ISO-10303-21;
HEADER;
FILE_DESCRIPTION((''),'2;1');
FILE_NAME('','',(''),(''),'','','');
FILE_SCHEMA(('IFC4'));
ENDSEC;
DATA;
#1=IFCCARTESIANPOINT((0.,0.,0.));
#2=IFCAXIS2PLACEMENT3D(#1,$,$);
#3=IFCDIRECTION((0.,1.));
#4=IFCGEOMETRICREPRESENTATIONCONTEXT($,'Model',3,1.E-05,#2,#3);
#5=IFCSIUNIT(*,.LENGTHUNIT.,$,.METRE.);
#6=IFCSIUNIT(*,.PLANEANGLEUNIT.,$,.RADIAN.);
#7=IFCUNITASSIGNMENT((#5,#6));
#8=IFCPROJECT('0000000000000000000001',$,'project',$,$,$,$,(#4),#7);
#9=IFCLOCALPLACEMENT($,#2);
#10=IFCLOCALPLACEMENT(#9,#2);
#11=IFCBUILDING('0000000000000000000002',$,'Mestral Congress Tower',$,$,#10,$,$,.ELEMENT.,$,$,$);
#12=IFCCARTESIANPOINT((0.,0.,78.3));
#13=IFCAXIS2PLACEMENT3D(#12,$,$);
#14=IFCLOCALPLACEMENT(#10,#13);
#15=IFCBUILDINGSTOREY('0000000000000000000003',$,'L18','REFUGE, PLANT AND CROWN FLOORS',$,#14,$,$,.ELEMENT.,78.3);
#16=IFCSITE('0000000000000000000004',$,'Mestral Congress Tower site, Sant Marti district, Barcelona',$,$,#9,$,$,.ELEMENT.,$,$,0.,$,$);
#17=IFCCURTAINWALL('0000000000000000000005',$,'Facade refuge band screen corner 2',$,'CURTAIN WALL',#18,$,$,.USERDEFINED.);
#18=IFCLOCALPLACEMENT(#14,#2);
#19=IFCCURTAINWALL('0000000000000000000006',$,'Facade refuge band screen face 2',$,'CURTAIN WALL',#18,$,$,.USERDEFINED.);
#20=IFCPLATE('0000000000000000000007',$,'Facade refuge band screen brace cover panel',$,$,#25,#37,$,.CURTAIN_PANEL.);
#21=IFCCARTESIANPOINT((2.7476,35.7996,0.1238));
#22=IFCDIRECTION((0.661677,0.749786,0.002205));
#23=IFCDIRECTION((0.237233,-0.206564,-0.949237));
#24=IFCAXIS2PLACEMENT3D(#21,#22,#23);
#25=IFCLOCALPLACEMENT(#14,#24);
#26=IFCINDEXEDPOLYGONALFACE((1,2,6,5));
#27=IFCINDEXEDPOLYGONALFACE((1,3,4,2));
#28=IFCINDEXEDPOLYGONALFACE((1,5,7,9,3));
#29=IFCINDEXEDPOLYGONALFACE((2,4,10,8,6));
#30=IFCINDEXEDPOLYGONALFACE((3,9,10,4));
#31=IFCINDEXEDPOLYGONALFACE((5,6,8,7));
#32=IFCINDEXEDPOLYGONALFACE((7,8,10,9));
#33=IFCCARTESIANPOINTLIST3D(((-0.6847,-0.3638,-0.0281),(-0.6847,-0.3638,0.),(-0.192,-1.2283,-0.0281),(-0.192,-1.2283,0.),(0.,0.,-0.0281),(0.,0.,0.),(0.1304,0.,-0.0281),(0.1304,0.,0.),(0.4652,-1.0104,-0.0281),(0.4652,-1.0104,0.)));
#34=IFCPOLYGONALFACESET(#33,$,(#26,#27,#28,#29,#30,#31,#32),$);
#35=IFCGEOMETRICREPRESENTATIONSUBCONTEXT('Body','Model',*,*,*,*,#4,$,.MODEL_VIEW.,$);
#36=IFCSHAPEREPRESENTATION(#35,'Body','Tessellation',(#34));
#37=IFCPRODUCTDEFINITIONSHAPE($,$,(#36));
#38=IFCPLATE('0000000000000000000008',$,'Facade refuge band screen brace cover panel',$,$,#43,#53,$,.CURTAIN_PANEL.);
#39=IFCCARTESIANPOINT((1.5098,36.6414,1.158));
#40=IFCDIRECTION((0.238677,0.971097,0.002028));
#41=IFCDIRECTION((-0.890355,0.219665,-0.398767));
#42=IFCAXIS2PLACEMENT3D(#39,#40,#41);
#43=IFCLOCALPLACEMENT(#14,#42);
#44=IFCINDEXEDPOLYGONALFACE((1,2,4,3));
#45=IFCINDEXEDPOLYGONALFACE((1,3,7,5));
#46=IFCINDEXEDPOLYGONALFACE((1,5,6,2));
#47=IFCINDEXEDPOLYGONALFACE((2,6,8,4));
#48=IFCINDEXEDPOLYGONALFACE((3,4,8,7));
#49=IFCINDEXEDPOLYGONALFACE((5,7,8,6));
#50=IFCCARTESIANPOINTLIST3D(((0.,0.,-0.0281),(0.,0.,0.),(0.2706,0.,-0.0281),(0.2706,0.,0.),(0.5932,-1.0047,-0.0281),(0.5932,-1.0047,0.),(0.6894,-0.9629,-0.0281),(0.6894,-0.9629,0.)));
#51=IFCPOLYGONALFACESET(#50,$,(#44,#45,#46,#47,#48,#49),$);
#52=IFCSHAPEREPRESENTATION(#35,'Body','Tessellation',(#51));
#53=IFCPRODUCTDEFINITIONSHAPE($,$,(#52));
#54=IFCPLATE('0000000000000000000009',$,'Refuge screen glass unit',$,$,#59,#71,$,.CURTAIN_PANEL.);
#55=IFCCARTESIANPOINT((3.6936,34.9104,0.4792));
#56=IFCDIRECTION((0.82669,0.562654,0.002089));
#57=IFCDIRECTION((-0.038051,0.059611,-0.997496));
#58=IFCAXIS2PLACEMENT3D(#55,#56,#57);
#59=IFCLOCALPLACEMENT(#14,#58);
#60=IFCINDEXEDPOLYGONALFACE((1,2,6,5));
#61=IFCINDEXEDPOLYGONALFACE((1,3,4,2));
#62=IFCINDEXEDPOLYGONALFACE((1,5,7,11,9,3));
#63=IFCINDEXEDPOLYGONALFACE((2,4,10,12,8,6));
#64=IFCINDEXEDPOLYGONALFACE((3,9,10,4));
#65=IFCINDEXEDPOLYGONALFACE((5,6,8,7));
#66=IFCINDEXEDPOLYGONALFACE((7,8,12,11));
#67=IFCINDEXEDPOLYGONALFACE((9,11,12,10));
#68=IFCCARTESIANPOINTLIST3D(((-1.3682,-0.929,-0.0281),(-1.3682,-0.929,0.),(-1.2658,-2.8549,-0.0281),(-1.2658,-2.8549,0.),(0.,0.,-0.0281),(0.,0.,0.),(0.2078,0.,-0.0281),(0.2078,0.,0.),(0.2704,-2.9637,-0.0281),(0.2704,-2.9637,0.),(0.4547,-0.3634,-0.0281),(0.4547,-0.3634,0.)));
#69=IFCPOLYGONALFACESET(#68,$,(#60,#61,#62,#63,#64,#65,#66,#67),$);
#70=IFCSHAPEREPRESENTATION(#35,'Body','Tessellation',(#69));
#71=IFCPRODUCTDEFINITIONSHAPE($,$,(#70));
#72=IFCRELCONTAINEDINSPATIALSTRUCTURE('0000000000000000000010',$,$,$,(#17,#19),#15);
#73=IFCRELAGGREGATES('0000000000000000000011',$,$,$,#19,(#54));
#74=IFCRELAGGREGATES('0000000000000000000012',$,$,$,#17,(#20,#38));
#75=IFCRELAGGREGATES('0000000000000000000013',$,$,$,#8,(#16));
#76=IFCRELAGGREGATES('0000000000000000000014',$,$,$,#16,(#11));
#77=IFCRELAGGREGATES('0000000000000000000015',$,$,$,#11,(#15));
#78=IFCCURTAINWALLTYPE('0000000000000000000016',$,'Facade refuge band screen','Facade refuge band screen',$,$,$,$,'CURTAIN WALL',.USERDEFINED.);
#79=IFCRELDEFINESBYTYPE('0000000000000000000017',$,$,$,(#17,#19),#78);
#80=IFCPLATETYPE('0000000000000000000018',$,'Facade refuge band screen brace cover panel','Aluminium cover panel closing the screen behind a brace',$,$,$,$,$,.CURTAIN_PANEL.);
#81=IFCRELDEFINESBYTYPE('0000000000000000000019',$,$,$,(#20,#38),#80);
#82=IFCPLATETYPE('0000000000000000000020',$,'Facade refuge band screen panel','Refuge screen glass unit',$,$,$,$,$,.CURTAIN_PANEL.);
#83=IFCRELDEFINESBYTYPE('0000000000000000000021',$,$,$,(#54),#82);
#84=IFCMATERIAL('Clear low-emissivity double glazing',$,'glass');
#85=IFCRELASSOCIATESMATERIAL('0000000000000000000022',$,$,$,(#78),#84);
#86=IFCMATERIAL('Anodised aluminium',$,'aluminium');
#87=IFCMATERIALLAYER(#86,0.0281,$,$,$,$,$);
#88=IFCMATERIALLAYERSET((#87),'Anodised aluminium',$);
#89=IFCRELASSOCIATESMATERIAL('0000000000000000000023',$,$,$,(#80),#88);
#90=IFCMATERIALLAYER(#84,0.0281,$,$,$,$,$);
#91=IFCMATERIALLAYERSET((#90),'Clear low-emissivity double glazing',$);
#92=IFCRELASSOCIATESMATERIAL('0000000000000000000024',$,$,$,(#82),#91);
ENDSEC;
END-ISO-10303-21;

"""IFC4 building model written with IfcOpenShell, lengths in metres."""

from ifc_helpers import new_model, si_unit, direction, frame, origin, place, context, subcontext, project, spatial, polyline, outline, extrude, material, layer, layer_set, type_object, element, aggregate, save


model = new_model("IFC4")

# Units and contexts
model_context = context("Model", 3, precision=1e-05, world=origin(), true_north=direction((0.0, 1.0)))
body_context = subcontext(model_context, "Body", "Model", "MODEL_VIEW")
ifc_project = project(units=[si_unit("LENGTHUNIT", "METRE"), si_unit("PLANEANGLEUNIT", "RADIAN")], contexts=[model_context])

# Site, building, storey
site_placement = place(None, origin())
site = spatial("IfcSite", under=ifc_project, at=site_placement, Name="Mestral Congress Tower site, Sant Marti district, Barcelona", CompositionType="ELEMENT", RefElevation=0.0)
building_placement = place(site_placement, origin())
building = spatial("IfcBuilding", under=site, at=building_placement, Name="Mestral Congress Tower", CompositionType="ELEMENT")
storey_placement = place(building_placement, frame((0.0, 0.0, 78.3)))
storey = spatial("IfcBuildingStorey", under=building, at=storey_placement, Name="L18", Description="REFUGE, PLANT AND CROWN FLOORS", CompositionType="ELEMENT", Elevation=78.3)

# Curtain wall
ifc_material_1 = material(Name="Clear low-emissivity double glazing", Category="glass")
curtain_wall_type = type_object("IfcCurtainWallType", Name="Facade refuge band screen", Description="Facade refuge band screen", ElementType="CURTAIN WALL", PredefinedType="USERDEFINED", material=ifc_material_1)
placement = place(storey_placement, origin())
curtain_wall_1 = element("IfcCurtainWall", 1, at=placement, inside=storey, type_object=curtain_wall_type, Name="Facade refuge band screen corner 2", ObjectType="CURTAIN WALL", PredefinedType="USERDEFINED")
ifc_material_2 = material(Name="Anodised aluminium", Category="aluminium")

# Curtain wall
curtain_wall_2 = element("IfcCurtainWall", 2, at=placement, inside=storey, type_object=curtain_wall_type, Name="Facade refuge band screen face 2", ObjectType="CURTAIN WALL", PredefinedType="USERDEFINED")
ifc_layer_1 = layer(ifc_material_2, 0.0281)
ifc_layer_set_1 = layer_set([ifc_layer_1], Name="Anodised aluminium")
plate_type_1 = type_object("IfcPlateType", Name="Facade refuge band screen brace cover panel", Description="Aluminium cover panel closing the screen behind a brace", PredefinedType="CURTAIN_PANEL", material=ifc_layer_set_1)

# Plates
plate_1_placement = place(storey_placement, frame((2.7476, 35.7996, 0.1238), z_axis=(0.661677, 0.749786, 0.002205), x_axis=(0.237233, -0.206564, -0.949237)))
plate_1 = element("IfcPlate", 3, at=plate_1_placement, type_object=plate_type_1, Name="Facade refuge band screen brace cover panel", PredefinedType="CURTAIN_PANEL", context=body_context, shape_type="SweptSolid", body=[
    extrude(outline(polyline([(0.0, 0.0), (0.1304, 0.0), (0.4652, -1.0104), (-0.192, -1.2283), (-0.6847, -0.3638), (0.0, 0.0)])), origin(), (0.0, 0.0, -1.0), 0.0281),
])
plate_2_placement = place(storey_placement, frame((1.5098, 36.6414, 1.158), z_axis=(0.238677, 0.971097, 0.002028), x_axis=(-0.890355, 0.219665, -0.398767)))
plate_2 = element("IfcPlate", 4, at=plate_2_placement, type_object=plate_type_1, Name="Facade refuge band screen brace cover panel", PredefinedType="CURTAIN_PANEL", context=body_context, shape_type="SweptSolid", body=[
    extrude(outline(polyline([(0.0, 0.0), (0.2706, 0.0), (0.6894, -0.9629), (0.5932, -1.0047), (0.0, 0.0)])), origin(), (0.0, 0.0, -1.0), 0.0281),
])
ifc_layer_2 = layer(ifc_material_1, 0.0281)
ifc_layer_set_2 = layer_set([ifc_layer_2], Name="Clear low-emissivity double glazing")
plate_type_2 = type_object("IfcPlateType", Name="Facade refuge band screen panel", Description="Refuge screen glass unit", PredefinedType="CURTAIN_PANEL", material=ifc_layer_set_2)
plate_3_placement = place(storey_placement, frame((3.6936, 34.9104, 0.4792), z_axis=(0.82669, 0.562654, 0.002089), x_axis=(-0.038051, 0.059611, -0.997496)))
plate_3 = element("IfcPlate", 5, at=plate_3_placement, type_object=plate_type_2, Name="Refuge screen glass unit", PredefinedType="CURTAIN_PANEL", context=body_context, shape_type="SweptSolid", body=[
    extrude(outline(polyline([(0.0, 0.0), (0.2078, 0.0), (0.4547, -0.3634), (0.2704, -2.9637), (-1.2658, -2.8549), (-1.3682, -0.929), (0.0, 0.0)])), origin(), (0.0, 0.0, -1.0), 0.0281),
])
aggregate(curtain_wall_2, [plate_3])

aggregate(curtain_wall_1, [plate_1, plate_2])

save(model, "model.ifc")
